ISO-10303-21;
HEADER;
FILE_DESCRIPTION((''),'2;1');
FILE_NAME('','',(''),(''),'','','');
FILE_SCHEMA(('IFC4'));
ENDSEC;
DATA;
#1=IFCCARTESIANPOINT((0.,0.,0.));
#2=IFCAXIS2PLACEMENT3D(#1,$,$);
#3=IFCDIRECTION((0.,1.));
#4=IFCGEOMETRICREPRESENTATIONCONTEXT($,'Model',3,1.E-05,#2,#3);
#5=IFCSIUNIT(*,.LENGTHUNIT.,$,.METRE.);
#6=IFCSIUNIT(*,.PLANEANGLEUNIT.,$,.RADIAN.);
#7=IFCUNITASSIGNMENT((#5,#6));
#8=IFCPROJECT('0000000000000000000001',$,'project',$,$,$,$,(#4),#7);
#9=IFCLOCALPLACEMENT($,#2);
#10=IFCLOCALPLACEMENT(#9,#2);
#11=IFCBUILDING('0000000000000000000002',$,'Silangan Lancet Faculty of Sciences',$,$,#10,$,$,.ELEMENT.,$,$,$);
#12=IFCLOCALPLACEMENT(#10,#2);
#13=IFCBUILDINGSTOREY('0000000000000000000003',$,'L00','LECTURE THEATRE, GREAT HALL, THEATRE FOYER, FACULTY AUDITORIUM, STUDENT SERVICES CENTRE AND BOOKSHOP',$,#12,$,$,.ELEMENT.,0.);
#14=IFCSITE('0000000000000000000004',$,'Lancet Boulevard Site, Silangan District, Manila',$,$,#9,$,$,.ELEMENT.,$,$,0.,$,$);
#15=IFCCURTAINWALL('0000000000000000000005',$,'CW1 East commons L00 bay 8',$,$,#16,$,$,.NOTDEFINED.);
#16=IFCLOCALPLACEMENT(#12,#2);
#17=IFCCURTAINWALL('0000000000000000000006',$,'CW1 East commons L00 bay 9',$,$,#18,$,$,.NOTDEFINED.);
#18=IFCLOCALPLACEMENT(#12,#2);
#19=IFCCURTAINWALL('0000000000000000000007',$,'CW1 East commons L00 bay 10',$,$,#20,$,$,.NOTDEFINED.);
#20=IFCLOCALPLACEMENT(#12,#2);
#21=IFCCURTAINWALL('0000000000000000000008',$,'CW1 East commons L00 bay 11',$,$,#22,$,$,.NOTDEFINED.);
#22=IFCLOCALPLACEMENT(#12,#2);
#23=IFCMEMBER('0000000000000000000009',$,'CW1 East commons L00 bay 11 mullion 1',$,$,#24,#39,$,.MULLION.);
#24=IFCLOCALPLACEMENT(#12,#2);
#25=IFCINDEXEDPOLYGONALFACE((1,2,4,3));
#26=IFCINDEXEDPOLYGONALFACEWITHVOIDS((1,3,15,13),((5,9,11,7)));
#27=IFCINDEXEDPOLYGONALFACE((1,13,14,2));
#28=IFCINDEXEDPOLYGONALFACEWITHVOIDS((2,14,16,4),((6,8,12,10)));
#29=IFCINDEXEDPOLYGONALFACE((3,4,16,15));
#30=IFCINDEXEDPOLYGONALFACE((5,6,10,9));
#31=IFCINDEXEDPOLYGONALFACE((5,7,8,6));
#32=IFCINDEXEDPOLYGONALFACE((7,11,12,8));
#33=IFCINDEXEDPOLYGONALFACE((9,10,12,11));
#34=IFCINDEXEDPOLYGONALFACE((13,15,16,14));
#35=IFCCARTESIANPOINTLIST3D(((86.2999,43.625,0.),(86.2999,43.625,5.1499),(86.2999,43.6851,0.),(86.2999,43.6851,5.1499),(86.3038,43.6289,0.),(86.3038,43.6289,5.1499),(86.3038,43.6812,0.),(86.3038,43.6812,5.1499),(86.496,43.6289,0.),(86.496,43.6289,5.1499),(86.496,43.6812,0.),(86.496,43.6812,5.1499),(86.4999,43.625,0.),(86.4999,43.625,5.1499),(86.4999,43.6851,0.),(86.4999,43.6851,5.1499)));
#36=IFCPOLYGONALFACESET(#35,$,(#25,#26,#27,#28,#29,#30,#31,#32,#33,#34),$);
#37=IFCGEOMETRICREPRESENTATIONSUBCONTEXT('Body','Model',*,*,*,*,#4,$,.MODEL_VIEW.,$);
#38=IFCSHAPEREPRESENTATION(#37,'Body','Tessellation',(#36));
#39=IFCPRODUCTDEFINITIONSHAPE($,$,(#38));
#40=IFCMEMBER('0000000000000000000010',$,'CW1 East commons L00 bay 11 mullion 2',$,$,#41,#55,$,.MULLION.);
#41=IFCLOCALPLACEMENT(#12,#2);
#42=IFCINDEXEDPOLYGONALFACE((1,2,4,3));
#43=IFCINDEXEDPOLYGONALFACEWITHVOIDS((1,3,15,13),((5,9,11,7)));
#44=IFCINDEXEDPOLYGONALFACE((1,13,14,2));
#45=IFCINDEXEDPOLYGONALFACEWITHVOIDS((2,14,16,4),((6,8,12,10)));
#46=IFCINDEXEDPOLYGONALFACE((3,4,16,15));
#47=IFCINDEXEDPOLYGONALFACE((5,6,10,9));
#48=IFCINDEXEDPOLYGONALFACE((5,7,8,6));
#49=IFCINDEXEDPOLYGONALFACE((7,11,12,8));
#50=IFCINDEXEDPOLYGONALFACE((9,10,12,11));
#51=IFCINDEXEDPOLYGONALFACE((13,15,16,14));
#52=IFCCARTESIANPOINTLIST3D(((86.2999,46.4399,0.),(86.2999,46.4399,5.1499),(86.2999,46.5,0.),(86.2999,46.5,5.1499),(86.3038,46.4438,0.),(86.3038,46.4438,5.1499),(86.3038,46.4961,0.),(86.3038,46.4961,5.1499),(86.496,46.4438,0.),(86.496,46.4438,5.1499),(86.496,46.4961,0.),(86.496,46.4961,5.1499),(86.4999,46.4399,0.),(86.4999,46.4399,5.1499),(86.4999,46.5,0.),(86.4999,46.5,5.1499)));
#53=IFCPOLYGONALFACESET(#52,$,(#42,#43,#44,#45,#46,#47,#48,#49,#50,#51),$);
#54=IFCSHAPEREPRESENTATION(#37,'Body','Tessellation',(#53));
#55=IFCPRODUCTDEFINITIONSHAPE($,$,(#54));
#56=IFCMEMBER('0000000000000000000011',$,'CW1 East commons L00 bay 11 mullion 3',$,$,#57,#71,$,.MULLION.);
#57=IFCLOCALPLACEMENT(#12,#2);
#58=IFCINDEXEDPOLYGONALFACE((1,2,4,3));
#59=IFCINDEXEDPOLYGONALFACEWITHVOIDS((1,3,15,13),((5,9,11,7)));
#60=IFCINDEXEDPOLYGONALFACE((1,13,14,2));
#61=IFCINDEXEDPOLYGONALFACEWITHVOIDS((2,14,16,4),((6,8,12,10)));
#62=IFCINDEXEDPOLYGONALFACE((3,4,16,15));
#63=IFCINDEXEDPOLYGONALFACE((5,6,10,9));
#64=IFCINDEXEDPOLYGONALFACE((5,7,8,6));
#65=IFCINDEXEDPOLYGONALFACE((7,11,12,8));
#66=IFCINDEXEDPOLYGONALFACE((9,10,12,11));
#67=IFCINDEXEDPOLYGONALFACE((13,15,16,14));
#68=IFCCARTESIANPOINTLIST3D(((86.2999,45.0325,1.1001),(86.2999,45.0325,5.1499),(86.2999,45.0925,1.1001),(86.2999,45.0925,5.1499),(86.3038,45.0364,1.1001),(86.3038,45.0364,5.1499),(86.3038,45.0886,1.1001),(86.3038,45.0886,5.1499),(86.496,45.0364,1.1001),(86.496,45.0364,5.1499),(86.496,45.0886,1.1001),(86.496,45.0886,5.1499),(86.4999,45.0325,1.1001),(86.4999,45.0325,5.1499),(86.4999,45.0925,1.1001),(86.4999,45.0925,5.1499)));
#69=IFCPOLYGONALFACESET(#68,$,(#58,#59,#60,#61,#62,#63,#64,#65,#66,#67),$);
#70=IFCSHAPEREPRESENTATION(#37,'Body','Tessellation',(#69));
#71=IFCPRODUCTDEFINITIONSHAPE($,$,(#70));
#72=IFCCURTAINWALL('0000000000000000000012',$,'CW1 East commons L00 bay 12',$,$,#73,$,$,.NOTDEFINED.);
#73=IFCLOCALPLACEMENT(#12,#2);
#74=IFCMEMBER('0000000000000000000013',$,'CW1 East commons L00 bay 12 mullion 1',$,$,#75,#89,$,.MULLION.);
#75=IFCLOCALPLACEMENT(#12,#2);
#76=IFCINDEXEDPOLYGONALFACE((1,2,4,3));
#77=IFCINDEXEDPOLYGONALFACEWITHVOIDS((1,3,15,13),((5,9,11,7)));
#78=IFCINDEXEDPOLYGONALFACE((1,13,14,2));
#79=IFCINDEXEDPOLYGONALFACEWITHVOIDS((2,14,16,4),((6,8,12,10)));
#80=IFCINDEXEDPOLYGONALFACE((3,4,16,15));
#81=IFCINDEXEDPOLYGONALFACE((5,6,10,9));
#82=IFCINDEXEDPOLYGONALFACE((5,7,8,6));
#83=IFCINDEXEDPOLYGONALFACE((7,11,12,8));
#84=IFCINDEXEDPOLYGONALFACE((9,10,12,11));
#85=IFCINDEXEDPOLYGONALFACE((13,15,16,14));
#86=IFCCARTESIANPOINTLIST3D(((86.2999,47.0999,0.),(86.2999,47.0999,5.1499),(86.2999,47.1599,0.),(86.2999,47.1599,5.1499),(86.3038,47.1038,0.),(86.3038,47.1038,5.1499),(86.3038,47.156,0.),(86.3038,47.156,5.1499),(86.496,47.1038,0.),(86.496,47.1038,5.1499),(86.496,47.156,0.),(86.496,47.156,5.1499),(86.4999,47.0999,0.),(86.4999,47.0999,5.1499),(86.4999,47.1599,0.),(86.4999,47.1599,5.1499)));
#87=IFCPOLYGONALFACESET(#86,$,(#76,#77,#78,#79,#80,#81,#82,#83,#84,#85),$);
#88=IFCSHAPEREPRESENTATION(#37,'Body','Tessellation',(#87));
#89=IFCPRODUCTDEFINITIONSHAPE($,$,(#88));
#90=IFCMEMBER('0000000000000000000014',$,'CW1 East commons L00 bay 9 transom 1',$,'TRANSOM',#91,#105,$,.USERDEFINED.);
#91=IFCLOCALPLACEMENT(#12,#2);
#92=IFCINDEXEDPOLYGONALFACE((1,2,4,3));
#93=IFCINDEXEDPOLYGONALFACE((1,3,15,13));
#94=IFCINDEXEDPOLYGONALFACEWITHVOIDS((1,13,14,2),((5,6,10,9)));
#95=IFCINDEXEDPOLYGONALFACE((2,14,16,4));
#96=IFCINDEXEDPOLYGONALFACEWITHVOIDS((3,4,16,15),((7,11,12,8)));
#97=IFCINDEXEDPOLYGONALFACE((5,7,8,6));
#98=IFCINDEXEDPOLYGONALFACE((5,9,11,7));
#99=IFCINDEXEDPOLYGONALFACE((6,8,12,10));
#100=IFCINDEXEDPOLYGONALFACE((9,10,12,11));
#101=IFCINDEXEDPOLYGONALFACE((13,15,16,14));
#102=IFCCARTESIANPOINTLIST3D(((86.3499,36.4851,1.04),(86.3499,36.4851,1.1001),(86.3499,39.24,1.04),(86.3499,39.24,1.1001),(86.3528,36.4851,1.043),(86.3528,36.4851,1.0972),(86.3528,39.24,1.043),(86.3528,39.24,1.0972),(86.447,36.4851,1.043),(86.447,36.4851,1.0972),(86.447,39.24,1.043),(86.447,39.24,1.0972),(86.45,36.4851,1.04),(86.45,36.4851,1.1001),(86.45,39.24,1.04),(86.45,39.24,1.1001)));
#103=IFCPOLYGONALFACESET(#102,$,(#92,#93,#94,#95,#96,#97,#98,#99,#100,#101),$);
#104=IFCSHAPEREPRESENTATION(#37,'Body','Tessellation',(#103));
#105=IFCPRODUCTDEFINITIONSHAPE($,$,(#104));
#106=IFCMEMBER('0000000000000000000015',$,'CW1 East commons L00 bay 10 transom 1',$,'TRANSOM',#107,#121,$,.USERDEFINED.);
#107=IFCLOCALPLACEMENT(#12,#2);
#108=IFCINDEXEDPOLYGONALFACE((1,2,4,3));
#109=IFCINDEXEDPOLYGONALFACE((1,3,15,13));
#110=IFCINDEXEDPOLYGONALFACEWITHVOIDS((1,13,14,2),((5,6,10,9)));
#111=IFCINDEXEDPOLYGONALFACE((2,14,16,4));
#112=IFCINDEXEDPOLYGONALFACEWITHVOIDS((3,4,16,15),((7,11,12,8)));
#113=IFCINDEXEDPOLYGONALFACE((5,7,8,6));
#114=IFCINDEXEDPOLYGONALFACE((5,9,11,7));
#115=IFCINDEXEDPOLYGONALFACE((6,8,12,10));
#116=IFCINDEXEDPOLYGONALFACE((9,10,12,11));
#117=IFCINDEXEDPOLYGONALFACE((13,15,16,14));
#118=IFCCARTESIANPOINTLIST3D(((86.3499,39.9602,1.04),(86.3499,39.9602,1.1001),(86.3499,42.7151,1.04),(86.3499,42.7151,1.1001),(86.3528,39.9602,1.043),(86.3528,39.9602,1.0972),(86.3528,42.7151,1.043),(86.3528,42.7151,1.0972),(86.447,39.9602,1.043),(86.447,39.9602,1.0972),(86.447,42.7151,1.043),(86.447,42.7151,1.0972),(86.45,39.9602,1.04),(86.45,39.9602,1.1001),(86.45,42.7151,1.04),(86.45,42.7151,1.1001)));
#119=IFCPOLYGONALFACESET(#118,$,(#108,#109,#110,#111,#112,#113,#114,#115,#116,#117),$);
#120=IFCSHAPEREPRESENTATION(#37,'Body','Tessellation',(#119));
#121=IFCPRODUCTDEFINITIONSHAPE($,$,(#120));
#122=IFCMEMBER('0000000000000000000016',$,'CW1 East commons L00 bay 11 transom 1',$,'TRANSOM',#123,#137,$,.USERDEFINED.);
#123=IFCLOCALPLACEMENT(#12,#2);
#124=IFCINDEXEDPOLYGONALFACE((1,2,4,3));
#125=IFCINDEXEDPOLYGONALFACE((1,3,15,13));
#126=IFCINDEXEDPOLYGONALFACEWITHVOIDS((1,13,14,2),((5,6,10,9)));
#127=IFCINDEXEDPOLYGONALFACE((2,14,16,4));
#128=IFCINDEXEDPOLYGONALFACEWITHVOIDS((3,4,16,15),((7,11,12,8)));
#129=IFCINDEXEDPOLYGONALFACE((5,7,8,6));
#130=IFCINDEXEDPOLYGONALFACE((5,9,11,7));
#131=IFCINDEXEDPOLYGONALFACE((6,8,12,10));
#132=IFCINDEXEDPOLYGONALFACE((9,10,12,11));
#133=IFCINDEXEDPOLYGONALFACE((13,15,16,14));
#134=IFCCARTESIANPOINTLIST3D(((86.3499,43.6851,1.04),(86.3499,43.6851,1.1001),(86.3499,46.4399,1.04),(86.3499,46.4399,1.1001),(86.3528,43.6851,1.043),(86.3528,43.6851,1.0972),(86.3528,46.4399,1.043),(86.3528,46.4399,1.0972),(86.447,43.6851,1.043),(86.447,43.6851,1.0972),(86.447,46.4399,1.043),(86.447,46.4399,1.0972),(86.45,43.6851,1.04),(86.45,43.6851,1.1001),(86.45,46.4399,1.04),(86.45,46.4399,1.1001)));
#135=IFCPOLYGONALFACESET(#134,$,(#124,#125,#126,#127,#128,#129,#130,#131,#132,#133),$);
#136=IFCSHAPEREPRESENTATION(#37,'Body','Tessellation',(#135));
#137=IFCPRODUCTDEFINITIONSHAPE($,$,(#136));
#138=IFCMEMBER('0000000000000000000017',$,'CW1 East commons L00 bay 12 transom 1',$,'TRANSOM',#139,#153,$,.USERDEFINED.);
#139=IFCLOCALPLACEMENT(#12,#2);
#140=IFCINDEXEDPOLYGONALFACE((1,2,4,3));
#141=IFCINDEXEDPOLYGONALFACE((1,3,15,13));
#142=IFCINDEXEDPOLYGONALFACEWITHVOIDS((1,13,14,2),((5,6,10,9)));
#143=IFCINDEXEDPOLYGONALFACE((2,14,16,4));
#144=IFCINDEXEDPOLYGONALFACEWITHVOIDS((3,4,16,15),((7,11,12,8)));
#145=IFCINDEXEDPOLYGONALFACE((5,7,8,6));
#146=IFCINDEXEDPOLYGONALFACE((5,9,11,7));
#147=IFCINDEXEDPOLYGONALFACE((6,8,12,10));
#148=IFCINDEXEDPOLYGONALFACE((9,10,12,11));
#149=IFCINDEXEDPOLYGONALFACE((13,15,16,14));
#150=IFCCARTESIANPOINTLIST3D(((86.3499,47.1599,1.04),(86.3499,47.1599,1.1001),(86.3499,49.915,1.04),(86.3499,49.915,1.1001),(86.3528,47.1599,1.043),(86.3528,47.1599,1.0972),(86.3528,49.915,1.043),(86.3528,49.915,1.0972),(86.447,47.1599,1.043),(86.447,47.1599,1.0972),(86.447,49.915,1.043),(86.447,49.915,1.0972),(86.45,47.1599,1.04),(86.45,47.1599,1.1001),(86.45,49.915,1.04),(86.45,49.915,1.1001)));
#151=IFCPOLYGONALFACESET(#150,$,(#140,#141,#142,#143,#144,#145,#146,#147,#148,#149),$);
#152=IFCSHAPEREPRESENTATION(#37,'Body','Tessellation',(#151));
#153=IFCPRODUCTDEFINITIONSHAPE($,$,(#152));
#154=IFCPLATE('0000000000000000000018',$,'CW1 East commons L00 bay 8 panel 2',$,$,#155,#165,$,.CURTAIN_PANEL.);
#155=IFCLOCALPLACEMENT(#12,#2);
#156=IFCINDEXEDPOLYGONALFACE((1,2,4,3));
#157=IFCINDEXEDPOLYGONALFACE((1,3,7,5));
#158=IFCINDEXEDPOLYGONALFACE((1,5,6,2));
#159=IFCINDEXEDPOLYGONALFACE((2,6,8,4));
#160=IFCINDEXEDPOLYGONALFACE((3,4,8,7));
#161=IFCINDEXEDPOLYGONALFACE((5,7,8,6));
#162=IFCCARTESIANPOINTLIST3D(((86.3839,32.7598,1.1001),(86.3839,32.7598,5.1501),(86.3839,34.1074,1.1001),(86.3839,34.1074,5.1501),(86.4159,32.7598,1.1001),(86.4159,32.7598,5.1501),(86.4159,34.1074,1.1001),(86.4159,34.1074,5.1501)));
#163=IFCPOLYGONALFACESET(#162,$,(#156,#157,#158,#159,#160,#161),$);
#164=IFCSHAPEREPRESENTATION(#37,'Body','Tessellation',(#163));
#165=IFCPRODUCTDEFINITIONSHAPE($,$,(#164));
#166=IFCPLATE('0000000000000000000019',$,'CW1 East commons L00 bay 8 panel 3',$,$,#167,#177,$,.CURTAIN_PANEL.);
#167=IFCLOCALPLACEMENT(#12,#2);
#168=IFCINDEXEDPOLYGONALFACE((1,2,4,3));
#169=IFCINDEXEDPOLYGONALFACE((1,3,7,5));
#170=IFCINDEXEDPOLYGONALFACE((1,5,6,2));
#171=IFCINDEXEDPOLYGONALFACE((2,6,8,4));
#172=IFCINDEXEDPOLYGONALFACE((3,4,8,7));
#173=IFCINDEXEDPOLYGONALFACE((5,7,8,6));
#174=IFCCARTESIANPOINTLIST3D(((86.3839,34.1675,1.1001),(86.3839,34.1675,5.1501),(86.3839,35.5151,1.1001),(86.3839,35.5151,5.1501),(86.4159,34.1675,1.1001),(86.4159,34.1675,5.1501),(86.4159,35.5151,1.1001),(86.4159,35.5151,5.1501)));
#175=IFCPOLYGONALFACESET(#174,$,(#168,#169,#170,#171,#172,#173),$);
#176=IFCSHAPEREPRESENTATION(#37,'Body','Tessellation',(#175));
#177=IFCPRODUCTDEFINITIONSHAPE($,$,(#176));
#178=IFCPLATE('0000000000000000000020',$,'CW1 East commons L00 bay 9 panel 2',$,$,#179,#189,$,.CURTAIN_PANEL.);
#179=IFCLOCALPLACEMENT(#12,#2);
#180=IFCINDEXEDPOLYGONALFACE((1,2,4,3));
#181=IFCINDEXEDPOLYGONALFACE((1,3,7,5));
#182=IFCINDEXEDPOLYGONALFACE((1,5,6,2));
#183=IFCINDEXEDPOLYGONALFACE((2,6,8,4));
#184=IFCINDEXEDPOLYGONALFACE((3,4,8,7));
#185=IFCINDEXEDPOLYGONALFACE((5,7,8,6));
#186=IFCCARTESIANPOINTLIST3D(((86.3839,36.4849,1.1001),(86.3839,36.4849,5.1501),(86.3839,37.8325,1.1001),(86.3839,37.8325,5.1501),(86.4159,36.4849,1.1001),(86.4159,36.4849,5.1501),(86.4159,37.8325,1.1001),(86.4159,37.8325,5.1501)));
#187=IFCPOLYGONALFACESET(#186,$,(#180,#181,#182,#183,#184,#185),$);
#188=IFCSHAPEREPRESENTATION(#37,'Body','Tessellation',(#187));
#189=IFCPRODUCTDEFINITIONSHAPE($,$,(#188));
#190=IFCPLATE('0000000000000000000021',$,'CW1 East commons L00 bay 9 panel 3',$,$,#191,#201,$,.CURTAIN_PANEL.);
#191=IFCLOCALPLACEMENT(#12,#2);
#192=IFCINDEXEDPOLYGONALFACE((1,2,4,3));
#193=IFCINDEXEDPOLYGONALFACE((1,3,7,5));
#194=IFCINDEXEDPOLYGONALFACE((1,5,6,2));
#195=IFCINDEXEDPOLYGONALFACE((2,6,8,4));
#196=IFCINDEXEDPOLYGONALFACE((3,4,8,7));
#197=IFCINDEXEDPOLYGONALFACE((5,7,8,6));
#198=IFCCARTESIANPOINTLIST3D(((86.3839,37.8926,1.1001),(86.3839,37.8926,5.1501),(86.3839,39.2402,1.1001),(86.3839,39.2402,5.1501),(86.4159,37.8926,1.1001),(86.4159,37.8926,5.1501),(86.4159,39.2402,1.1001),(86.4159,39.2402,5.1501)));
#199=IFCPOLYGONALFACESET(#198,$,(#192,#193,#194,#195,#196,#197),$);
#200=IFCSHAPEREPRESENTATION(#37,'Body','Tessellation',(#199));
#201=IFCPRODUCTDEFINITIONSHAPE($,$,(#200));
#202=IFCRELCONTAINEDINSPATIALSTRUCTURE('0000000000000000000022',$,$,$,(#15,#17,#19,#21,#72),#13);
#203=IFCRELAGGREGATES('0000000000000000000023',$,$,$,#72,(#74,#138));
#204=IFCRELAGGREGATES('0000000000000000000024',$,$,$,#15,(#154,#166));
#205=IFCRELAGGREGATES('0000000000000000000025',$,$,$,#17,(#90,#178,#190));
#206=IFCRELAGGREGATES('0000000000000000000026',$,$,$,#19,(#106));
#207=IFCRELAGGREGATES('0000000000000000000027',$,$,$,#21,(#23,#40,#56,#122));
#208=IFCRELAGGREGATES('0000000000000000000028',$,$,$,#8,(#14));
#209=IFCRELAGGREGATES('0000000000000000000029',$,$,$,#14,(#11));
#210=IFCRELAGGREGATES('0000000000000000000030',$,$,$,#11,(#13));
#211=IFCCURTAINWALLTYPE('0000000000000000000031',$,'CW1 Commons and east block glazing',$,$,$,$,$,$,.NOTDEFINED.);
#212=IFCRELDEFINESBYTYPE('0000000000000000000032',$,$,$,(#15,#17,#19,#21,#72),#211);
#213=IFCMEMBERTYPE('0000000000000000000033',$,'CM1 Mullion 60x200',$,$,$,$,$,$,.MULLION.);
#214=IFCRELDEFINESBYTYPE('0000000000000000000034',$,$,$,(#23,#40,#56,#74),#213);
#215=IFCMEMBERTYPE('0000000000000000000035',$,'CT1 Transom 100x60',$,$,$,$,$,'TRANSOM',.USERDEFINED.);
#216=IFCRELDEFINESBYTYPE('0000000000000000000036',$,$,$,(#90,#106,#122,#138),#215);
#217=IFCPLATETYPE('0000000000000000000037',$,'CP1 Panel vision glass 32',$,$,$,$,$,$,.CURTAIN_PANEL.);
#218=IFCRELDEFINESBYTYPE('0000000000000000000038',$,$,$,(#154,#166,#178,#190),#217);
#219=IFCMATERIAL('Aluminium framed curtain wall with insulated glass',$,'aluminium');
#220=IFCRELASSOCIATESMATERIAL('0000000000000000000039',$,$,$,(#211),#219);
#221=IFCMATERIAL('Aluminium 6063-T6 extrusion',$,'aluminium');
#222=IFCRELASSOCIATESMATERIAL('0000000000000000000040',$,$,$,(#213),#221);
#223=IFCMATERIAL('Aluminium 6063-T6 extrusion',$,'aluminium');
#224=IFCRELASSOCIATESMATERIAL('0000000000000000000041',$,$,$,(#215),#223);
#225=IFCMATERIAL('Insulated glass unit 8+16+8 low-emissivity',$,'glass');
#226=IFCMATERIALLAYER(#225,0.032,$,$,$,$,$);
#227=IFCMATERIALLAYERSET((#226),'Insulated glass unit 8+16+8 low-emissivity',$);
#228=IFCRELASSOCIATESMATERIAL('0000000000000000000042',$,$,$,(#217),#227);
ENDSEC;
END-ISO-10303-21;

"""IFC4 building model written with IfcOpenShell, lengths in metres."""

from ifc_helpers import new_model, si_unit, direction, frame, origin, origin_2d, place, context, subcontext, project, spatial, rectangle, hollow_rectangle, extrude, material, layer, layer_set, material_profile, profile_set, type_object, element, aggregate, save


model = new_model("IFC4")

# Units and contexts
model_context = context("Model", 3, precision=1e-05, world=origin(), true_north=direction((0.0, 1.0)))
body_context = subcontext(model_context, "Body", "Model", "MODEL_VIEW")
ifc_project = project(units=[si_unit("LENGTHUNIT", "METRE"), si_unit("PLANEANGLEUNIT", "RADIAN")], contexts=[model_context])

# Site, building, storey
site_placement = place(None, origin())
site = spatial("IfcSite", under=ifc_project, at=site_placement, Name="Lancet Boulevard Site, Silangan District, Manila", CompositionType="ELEMENT", RefElevation=0.0)
building_placement = place(site_placement, origin())
building = spatial("IfcBuilding", under=site, at=building_placement, Name="Silangan Lancet Faculty of Sciences", CompositionType="ELEMENT")
storey_placement = place(building_placement, origin())
storey = spatial("IfcBuildingStorey", under=building, at=storey_placement, Name="L00", Description="LECTURE THEATRE, GREAT HALL, THEATRE FOYER, FACULTY AUDITORIUM, STUDENT SERVICES CENTRE AND BOOKSHOP", CompositionType="ELEMENT", Elevation=0.0)

# Curtain walls, members
ifc_material_1 = material(Name="Aluminium framed curtain wall with insulated glass", Category="aluminium")
curtain_wall_type = type_object("IfcCurtainWallType", Name="CW1 Commons and east block glazing", PredefinedType="NOTDEFINED", material=ifc_material_1)
curtain_wall_1_placement = place(storey_placement, origin())
curtain_wall_1 = element("IfcCurtainWall", 1, at=curtain_wall_1_placement, inside=storey, type_object=curtain_wall_type, Name="CW1 East commons L00 bay 8", PredefinedType="NOTDEFINED")
ifc_material_2 = material(Name="Aluminium 6063-T6 extrusion", Category="aluminium")
ifc_material_profile_1 = material_profile(ifc_material_2, hollow_rectangle(XDim=0.0601, YDim=0.2, WallThickness=0.0039, at=origin_2d()), Name="AL BOX 60x200x4")
ifc_profile_set_1 = profile_set([ifc_material_profile_1], Name="Aluminium 6063-T6 extrusion")
member_type_1 = type_object("IfcMemberType", Name="CM1 Mullion 60x200", PredefinedType="MULLION", material=ifc_profile_set_1)
curtain_wall_2_placement = place(storey_placement, origin())
curtain_wall_2 = element("IfcCurtainWall", 2, at=curtain_wall_2_placement, inside=storey, type_object=curtain_wall_type, Name="CW1 East commons L00 bay 9", PredefinedType="NOTDEFINED")
curtain_wall_3_placement = place(storey_placement, origin())
curtain_wall_3 = element("IfcCurtainWall", 3, at=curtain_wall_3_placement, inside=storey, type_object=curtain_wall_type, Name="CW1 East commons L00 bay 10", PredefinedType="NOTDEFINED")
curtain_wall_4_placement = place(storey_placement, origin())
curtain_wall_4 = element("IfcCurtainWall", 4, at=curtain_wall_4_placement, inside=storey, type_object=curtain_wall_type, Name="CW1 East commons L00 bay 11", PredefinedType="NOTDEFINED")
member_1_placement = place(storey_placement, frame((86.3999, 43.655, 0.0), z_axis=(0.0, 0.0, 1.0), x_axis=(0.0, 1.0, 0.0)))
member_1 = element("IfcMember", 5, at=member_1_placement, type_object=member_type_1, Name="CW1 East commons L00 bay 11 mullion 1", PredefinedType="MULLION", context=body_context, shape_type="SweptSolid", body=[
    extrude(hollow_rectangle(XDim=0.0601, YDim=0.2, WallThickness=0.0039, at=origin_2d()), origin(), (0.0, 0.0, 1.0), 5.1499),
])
member_2_placement = place(storey_placement, frame((86.3999, 46.47, 0.0), z_axis=(0.0, 0.0, 1.0), x_axis=(0.0, 1.0, 0.0)))
member_2 = element("IfcMember", 6, at=member_2_placement, type_object=member_type_1, Name="CW1 East commons L00 bay 11 mullion 2", PredefinedType="MULLION", context=body_context, shape_type="SweptSolid", body=[
    extrude(hollow_rectangle(XDim=0.0601, YDim=0.2, WallThickness=0.0039, at=origin_2d()), origin(), (0.0, 0.0, 1.0), 5.1499),
])
member_3_placement = place(storey_placement, frame((86.3999, 45.0625, 1.1001), z_axis=(0.0, 0.0, 1.0), x_axis=(0.0, 1.0, 0.0)))
member_3 = element("IfcMember", 7, at=member_3_placement, type_object=member_type_1, Name="CW1 East commons L00 bay 11 mullion 3", PredefinedType="MULLION", context=body_context, shape_type="SweptSolid", body=[
    extrude(hollow_rectangle(XDim=0.0601, YDim=0.2, WallThickness=0.0039, at=origin_2d()), origin(), (0.0, 0.0, 1.0), 4.0498),
])

# Curtain wall, member
curtain_wall_5_placement = place(storey_placement, origin())
curtain_wall_5 = element("IfcCurtainWall", 8, at=curtain_wall_5_placement, inside=storey, type_object=curtain_wall_type, Name="CW1 East commons L00 bay 12", PredefinedType="NOTDEFINED")
member_4_placement = place(storey_placement, frame((86.3999, 47.1299, 0.0), z_axis=(0.0, 0.0, 1.0), x_axis=(0.0, 1.0, 0.0)))
member_4 = element("IfcMember", 9, at=member_4_placement, type_object=member_type_1, Name="CW1 East commons L00 bay 12 mullion 1", PredefinedType="MULLION", context=body_context, shape_type="SweptSolid", body=[
    extrude(hollow_rectangle(XDim=0.0601, YDim=0.2, WallThickness=0.0039, at=origin_2d()), origin(), (0.0, 0.0, 1.0), 5.1499),
])

# Members
ifc_material_3 = material(Name="Aluminium 6063-T6 extrusion", Category="aluminium")
ifc_material_profile_2 = material_profile(ifc_material_3, hollow_rectangle(XDim=0.1001, YDim=0.0601, WallThickness=0.0029, at=origin_2d()), Name="AL BOX 100x60x3")
ifc_profile_set_2 = profile_set([ifc_material_profile_2], Name="Aluminium 6063-T6 extrusion")
member_type_2 = type_object("IfcMemberType", Name="CT1 Transom 100x60", ElementType="TRANSOM", PredefinedType="USERDEFINED", material=ifc_profile_set_2)
member_5_placement = place(storey_placement, frame((86.3999, 36.4851, 1.0701), z_axis=(0.0, 1.0, 0.0), x_axis=(-1.0, 0.0, 0.0)))
member_5 = element("IfcMember", 10, at=member_5_placement, type_object=member_type_2, Name="CW1 East commons L00 bay 9 transom 1", ObjectType="TRANSOM", PredefinedType="USERDEFINED", context=body_context, shape_type="SweptSolid", body=[
    extrude(hollow_rectangle(XDim=0.1001, YDim=0.0601, WallThickness=0.0029, at=origin_2d()), origin(), (0.0, 0.0, 1.0), 2.7549),
])
member_6_placement = place(storey_placement, frame((86.3999, 39.9602, 1.0701), z_axis=(0.0, 1.0, 0.0), x_axis=(-1.0, 0.0, 0.0)))
member_6 = element("IfcMember", 11, at=member_6_placement, type_object=member_type_2, Name="CW1 East commons L00 bay 10 transom 1", ObjectType="TRANSOM", PredefinedType="USERDEFINED", context=body_context, shape_type="SweptSolid", body=[
    extrude(hollow_rectangle(XDim=0.1001, YDim=0.0601, WallThickness=0.0029, at=origin_2d()), origin(), (0.0, 0.0, 1.0), 2.7549),
])
member_7_placement = place(storey_placement, frame((86.3999, 43.6851, 1.0701), z_axis=(0.0, 1.0, 0.0), x_axis=(-1.0, 0.0, 0.0)))
member_7 = element("IfcMember", 12, at=member_7_placement, type_object=member_type_2, Name="CW1 East commons L00 bay 11 transom 1", ObjectType="TRANSOM", PredefinedType="USERDEFINED", context=body_context, shape_type="SweptSolid", body=[
    extrude(hollow_rectangle(XDim=0.1001, YDim=0.0601, WallThickness=0.0029, at=origin_2d()), origin(), (0.0, 0.0, 1.0), 2.7549),
])
member_8_placement = place(storey_placement, frame((86.3999, 47.1599, 1.0701), z_axis=(0.0, 1.0, 0.0), x_axis=(-1.0, 0.0, 0.0)))
member_8 = element("IfcMember", 13, at=member_8_placement, type_object=member_type_2, Name="CW1 East commons L00 bay 12 transom 1", ObjectType="TRANSOM", PredefinedType="USERDEFINED", context=body_context, shape_type="SweptSolid", body=[
    extrude(hollow_rectangle(XDim=0.1001, YDim=0.0601, WallThickness=0.0029, at=origin_2d()), origin(), (0.0, 0.0, 1.0), 2.7551),
])

# Plates
ifc_material_4 = material(Name="Insulated glass unit 8+16+8 low-emissivity", Category="glass")
ifc_layer_1 = layer(ifc_material_4, 0.032)
ifc_layer_set_1 = layer_set([ifc_layer_1], Name="Insulated glass unit 8+16+8 low-emissivity")
plate_type_1 = type_object("IfcPlateType", Name="CP1 Panel vision glass 32", PredefinedType="CURTAIN_PANEL", material=ifc_layer_set_1)
plate_1_placement = place(storey_placement, frame((86.3999, 33.4336, 1.1001), z_axis=(0.0, 0.0, 1.0), x_axis=(0.0, 1.0, 0.0)))
plate_1 = element("IfcPlate", 14, at=plate_1_placement, type_object=plate_type_1, Name="CW1 East commons L00 bay 8 panel 2", PredefinedType="CURTAIN_PANEL", context=body_context, shape_type="SweptSolid", body=[
    extrude(rectangle(XDim=1.3477, YDim=0.032, at=origin_2d()), origin(), (0.0, 0.0, 1.0), 4.05),
])
plate_2_placement = place(storey_placement, frame((86.3999, 34.8413, 1.1001), z_axis=(0.0, 0.0, 1.0), x_axis=(0.0, 1.0, 0.0)))
plate_2 = element("IfcPlate", 15, at=plate_2_placement, type_object=plate_type_1, Name="CW1 East commons L00 bay 8 panel 3", PredefinedType="CURTAIN_PANEL", context=body_context, shape_type="SweptSolid", body=[
    extrude(rectangle(XDim=1.3477, YDim=0.032, at=origin_2d()), origin(), (0.0, 0.0, 1.0), 4.05),
])
plate_3_placement = place(storey_placement, frame((86.3999, 37.1587, 1.1001), z_axis=(0.0, 0.0, 1.0), x_axis=(0.0, 1.0, 0.0)))
plate_3 = element("IfcPlate", 16, at=plate_3_placement, type_object=plate_type_1, Name="CW1 East commons L00 bay 9 panel 2", PredefinedType="CURTAIN_PANEL", context=body_context, shape_type="SweptSolid", body=[
    extrude(rectangle(XDim=1.3477, YDim=0.032, at=origin_2d()), origin(), (0.0, 0.0, 1.0), 4.05),
])
plate_4_placement = place(storey_placement, frame((86.3999, 38.5664, 1.1001), z_axis=(0.0, 0.0, 1.0), x_axis=(0.0, 1.0, 0.0)))
plate_4 = element("IfcPlate", 17, at=plate_4_placement, type_object=plate_type_1, Name="CW1 East commons L00 bay 9 panel 3", PredefinedType="CURTAIN_PANEL", context=body_context, shape_type="SweptSolid", body=[
    extrude(rectangle(XDim=1.3477, YDim=0.032, at=origin_2d()), origin(), (0.0, 0.0, 1.0), 4.05),
])
aggregate(curtain_wall_5, [member_4, member_8])
aggregate(curtain_wall_1, [plate_1, plate_2])
aggregate(curtain_wall_2, [member_5, plate_3, plate_4])
aggregate(curtain_wall_3, [member_6])
aggregate(curtain_wall_4, [member_1, member_2, member_3, member_7])

save(model, "model.ifc")
